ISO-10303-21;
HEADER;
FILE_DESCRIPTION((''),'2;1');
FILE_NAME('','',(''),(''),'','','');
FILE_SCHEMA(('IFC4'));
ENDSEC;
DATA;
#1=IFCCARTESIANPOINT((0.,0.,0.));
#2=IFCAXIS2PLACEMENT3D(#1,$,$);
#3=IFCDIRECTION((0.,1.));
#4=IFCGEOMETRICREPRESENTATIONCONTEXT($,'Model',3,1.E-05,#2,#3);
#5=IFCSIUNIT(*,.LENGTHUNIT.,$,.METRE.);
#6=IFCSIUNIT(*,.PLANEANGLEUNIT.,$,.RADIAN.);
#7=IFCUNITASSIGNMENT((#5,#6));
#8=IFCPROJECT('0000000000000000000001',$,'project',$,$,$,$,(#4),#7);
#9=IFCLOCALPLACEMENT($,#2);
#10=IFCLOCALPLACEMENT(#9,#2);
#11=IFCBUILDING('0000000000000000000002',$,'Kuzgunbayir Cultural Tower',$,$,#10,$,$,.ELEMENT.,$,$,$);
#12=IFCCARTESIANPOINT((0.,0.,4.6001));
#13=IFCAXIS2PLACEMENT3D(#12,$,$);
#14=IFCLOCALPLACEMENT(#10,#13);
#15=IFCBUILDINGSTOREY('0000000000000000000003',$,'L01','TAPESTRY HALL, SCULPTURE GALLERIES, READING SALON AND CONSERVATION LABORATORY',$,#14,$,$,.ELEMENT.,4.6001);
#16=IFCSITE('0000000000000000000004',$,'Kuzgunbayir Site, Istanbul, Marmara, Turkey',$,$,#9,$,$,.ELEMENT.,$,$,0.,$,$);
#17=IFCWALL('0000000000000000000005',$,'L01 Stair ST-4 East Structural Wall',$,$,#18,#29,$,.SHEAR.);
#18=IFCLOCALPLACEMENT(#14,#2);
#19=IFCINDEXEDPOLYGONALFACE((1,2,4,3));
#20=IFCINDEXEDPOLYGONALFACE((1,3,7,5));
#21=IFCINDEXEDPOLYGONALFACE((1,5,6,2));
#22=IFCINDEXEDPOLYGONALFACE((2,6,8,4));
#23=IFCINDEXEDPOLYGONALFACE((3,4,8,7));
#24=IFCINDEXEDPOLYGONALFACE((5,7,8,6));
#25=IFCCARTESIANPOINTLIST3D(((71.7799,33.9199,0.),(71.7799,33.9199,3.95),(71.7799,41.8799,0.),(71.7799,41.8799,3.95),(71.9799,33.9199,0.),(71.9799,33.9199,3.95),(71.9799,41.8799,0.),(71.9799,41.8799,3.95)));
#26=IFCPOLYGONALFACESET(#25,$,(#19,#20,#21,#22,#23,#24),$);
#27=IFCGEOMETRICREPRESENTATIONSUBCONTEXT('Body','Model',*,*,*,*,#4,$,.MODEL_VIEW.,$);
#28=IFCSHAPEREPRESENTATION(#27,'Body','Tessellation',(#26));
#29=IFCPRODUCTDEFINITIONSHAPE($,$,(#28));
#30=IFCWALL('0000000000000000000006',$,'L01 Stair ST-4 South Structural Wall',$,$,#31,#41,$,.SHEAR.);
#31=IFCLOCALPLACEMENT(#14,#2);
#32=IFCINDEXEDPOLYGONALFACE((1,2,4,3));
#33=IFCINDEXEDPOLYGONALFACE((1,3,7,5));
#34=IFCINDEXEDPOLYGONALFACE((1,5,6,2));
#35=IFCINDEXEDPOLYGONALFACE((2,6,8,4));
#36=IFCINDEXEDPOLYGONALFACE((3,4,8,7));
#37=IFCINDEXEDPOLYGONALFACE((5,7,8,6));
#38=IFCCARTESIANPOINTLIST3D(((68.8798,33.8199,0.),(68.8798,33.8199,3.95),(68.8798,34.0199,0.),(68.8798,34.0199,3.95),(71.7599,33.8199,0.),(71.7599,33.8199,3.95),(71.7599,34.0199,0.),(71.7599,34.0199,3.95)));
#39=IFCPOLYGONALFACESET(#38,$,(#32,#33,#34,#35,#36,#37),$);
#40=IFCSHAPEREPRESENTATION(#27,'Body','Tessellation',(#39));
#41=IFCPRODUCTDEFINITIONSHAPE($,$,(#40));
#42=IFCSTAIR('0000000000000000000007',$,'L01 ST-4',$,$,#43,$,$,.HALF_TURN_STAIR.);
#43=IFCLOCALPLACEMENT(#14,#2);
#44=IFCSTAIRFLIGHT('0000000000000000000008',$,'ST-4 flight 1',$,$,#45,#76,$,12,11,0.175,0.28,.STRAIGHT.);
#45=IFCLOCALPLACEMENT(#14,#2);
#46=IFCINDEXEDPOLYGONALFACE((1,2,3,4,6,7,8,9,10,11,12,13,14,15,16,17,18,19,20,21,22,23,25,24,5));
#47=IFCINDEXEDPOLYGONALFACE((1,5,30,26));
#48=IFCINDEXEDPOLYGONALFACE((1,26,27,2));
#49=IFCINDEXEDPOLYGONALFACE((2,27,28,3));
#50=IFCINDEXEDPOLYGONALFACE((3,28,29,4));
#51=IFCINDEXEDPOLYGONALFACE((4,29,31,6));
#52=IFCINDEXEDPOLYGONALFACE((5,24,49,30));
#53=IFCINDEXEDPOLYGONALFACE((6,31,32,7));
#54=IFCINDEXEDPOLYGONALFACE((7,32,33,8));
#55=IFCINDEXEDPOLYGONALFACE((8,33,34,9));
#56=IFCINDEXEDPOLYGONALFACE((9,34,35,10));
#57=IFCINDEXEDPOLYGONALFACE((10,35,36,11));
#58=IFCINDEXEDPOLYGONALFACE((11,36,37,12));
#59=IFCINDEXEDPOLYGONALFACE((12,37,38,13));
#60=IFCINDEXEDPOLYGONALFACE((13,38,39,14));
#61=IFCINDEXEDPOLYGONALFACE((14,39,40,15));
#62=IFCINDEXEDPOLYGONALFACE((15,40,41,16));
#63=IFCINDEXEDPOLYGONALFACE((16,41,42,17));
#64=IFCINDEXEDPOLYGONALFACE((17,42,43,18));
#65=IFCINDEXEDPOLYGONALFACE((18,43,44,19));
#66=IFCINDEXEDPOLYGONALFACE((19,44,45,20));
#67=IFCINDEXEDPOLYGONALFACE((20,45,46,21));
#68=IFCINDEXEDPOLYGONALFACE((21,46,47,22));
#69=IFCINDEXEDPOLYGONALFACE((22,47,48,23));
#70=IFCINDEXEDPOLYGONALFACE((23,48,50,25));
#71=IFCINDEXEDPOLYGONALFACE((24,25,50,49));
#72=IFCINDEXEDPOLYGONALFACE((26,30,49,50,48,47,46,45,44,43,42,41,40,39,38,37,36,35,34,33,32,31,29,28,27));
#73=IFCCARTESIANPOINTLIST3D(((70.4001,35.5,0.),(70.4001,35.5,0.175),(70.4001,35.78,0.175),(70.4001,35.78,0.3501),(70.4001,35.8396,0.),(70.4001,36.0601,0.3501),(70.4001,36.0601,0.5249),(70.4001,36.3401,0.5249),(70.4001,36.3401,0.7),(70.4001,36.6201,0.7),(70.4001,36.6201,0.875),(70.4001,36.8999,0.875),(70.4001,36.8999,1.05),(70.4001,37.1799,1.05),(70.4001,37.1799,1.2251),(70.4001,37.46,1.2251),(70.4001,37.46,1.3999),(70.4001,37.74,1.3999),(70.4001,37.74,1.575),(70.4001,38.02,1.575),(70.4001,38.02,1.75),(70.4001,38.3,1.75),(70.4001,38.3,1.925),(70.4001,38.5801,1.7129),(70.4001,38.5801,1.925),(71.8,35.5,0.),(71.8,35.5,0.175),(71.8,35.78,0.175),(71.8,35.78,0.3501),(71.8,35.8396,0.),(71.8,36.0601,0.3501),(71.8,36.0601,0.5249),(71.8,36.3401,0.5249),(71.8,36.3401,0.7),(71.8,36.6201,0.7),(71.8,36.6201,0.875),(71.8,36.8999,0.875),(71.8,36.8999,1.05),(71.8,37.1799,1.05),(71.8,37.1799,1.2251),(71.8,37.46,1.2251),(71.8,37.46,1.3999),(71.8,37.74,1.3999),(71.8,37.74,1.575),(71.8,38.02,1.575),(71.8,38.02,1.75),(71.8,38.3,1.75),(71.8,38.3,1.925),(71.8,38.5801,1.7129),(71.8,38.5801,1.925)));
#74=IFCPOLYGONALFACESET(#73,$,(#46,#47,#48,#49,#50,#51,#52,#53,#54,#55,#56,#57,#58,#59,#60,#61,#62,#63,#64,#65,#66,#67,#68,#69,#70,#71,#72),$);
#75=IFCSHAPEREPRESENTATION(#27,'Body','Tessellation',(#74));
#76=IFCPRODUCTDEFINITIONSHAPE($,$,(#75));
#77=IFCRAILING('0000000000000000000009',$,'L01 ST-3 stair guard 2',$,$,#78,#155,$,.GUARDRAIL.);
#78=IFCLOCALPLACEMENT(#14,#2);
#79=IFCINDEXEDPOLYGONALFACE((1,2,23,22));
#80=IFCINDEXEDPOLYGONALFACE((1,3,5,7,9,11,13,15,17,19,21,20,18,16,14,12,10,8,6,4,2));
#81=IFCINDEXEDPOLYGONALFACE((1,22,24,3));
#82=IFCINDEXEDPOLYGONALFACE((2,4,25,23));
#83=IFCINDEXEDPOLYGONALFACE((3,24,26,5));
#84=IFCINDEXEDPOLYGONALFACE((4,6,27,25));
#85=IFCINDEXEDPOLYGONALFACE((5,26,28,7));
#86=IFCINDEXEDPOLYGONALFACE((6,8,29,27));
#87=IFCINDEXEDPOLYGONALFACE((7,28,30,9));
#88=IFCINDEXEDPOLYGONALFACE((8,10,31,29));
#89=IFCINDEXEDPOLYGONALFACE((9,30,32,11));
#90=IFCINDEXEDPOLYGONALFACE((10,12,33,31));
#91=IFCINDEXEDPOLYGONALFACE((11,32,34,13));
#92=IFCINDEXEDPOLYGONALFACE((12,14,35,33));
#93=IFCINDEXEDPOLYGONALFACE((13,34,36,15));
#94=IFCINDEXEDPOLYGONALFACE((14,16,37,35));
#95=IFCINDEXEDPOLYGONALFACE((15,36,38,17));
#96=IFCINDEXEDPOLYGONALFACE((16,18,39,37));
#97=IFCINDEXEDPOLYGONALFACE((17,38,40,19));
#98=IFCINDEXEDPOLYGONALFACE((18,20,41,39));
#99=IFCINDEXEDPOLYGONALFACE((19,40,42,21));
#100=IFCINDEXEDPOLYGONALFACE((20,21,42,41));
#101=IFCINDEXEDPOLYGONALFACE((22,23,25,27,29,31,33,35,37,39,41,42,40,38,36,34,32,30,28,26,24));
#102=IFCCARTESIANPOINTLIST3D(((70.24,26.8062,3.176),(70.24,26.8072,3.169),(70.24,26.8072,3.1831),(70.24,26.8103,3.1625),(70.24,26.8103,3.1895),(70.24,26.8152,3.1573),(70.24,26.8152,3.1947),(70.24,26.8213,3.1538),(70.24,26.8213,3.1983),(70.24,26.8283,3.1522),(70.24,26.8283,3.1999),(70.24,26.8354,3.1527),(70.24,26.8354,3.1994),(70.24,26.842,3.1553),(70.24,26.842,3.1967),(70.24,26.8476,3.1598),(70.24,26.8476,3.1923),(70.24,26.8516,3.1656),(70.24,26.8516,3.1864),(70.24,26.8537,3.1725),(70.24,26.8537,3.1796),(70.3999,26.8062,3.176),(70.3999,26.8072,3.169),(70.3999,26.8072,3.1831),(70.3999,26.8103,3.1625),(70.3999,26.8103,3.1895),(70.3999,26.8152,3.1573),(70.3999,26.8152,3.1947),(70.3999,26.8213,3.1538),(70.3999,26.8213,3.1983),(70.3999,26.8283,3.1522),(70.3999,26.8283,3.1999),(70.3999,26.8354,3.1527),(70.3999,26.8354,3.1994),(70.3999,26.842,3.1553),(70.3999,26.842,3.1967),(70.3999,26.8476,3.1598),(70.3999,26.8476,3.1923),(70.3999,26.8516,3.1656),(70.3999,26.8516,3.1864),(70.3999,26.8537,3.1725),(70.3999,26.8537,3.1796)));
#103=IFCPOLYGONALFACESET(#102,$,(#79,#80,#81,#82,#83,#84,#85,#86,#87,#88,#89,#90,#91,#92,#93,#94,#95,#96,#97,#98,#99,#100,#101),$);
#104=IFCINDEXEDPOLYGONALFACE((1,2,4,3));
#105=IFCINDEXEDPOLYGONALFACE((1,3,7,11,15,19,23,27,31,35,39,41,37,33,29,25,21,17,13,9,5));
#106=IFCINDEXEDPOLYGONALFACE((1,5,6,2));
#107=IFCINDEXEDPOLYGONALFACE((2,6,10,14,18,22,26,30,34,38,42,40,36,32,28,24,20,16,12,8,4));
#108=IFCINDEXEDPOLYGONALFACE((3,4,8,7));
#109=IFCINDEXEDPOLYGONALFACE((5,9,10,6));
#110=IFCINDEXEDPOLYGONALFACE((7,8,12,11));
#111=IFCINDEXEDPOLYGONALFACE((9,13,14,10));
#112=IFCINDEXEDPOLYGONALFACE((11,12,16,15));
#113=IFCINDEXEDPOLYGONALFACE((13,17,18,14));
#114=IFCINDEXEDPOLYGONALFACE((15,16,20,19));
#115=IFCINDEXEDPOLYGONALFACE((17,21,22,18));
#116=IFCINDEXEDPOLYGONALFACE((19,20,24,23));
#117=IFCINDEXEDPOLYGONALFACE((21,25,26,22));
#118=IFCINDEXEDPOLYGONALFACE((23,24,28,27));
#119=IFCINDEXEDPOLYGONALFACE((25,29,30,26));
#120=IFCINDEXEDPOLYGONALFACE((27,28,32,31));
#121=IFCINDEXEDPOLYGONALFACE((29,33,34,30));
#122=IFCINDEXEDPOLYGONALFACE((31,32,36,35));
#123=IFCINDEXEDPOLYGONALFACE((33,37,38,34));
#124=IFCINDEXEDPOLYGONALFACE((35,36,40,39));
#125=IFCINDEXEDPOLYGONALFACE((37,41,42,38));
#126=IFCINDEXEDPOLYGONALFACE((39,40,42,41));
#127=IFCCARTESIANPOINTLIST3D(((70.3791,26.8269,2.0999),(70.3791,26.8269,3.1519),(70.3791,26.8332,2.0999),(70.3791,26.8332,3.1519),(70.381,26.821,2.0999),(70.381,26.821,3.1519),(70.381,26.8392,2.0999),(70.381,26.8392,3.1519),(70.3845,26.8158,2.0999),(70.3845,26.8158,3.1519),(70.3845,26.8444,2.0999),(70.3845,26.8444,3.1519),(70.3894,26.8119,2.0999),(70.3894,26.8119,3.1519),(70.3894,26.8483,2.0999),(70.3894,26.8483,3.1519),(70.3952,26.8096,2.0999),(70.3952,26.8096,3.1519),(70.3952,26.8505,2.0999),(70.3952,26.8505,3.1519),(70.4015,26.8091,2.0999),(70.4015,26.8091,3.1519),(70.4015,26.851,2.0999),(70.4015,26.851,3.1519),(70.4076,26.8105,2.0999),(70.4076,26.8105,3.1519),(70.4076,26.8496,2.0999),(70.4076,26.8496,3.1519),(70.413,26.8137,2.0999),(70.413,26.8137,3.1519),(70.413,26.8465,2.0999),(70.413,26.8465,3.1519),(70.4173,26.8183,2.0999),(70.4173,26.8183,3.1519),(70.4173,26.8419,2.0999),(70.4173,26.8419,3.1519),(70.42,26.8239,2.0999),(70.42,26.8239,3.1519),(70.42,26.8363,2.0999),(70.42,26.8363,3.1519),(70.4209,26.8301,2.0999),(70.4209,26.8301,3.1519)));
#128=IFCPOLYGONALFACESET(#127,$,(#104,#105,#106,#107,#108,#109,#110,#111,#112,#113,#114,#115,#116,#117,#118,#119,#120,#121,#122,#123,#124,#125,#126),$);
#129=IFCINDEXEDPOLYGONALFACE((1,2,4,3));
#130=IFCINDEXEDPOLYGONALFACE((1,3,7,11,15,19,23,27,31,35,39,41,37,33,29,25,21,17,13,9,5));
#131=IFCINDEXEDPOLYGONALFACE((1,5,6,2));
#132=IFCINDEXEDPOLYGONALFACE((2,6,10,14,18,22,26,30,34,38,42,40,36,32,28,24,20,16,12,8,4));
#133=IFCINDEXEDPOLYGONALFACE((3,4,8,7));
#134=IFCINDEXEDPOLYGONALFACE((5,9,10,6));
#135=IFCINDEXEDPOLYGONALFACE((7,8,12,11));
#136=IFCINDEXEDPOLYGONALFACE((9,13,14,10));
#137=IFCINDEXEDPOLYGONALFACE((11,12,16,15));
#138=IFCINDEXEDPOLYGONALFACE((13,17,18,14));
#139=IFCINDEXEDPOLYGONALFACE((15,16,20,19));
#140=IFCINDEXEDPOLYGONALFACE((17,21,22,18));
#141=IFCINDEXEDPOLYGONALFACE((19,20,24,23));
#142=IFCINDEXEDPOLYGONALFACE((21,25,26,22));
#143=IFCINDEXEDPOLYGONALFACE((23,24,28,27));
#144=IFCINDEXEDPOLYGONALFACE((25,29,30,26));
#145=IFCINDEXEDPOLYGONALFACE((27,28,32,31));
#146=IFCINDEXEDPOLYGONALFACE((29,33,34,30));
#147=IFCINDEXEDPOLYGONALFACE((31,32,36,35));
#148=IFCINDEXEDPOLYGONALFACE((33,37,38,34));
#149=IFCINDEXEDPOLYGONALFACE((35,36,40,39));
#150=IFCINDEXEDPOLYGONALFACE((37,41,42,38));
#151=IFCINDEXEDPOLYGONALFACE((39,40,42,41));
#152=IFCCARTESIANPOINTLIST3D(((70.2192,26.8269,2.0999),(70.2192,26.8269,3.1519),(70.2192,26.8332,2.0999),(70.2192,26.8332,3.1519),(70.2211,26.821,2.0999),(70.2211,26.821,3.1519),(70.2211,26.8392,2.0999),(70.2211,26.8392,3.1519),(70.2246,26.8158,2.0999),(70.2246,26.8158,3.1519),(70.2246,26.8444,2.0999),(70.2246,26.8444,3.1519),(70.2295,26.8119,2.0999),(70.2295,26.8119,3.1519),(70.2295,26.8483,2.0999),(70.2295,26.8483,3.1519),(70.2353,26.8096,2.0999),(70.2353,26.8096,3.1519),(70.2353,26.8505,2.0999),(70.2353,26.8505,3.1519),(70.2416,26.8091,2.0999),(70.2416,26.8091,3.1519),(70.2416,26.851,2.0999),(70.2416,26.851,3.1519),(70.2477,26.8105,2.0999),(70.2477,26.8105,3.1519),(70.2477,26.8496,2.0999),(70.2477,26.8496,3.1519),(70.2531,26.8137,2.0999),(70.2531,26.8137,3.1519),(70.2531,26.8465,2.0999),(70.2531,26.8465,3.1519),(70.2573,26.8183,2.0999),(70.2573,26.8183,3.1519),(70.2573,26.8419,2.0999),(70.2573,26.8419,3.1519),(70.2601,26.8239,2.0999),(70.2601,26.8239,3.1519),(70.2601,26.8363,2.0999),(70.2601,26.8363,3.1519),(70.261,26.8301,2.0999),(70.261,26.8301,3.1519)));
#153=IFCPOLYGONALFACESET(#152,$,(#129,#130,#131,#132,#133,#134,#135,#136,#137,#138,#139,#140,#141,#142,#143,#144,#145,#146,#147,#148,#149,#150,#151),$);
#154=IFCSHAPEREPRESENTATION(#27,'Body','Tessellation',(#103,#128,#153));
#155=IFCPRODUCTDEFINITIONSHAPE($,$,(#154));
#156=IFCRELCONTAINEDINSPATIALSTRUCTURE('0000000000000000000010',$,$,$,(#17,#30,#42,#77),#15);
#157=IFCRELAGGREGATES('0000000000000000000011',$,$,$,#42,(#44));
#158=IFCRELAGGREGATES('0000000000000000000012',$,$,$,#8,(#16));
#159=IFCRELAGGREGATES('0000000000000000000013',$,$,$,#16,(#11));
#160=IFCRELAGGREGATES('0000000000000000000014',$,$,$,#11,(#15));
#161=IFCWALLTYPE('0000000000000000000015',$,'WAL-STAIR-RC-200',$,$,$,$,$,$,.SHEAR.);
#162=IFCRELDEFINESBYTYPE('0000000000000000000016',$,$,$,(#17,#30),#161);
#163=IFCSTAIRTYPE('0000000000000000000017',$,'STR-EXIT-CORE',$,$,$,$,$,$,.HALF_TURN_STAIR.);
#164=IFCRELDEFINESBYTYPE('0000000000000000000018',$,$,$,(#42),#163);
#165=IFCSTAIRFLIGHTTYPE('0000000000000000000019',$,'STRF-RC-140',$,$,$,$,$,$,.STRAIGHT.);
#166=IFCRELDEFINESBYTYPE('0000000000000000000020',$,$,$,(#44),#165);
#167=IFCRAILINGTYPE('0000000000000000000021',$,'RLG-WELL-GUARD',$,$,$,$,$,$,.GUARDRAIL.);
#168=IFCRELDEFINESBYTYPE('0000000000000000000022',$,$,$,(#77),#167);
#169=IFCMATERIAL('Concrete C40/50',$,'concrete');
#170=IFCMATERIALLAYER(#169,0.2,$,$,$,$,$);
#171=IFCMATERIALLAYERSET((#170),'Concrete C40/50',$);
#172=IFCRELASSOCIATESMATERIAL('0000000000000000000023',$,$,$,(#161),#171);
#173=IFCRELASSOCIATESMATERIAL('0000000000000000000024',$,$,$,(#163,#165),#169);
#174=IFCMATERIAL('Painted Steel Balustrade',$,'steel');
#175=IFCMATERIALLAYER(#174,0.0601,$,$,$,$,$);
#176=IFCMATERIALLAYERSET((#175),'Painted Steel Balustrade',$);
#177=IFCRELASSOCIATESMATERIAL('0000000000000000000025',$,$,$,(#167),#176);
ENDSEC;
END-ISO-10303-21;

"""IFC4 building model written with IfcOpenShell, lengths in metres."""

from ifc_helpers import new_model, si_unit, direction, frame, frame_2d, origin, origin_2d, place, context, subcontext, project, spatial, polyline, rectangle, circle, outline, extrude, material, layer, layer_set, type_object, element, aggregate, save


model = new_model("IFC4")

# Units and contexts
model_context = context("Model", 3, precision=1e-05, world=origin(), true_north=direction((0.0, 1.0)))
body_context = subcontext(model_context, "Body", "Model", "MODEL_VIEW")
ifc_project = project(units=[si_unit("LENGTHUNIT", "METRE"), si_unit("PLANEANGLEUNIT", "RADIAN")], contexts=[model_context])

# Site, building, storey
site_placement = place(None, origin())
site = spatial("IfcSite", under=ifc_project, at=site_placement, Name="Kuzgunbayir Site, Istanbul, Marmara, Turkey", CompositionType="ELEMENT", RefElevation=0.0)
building_placement = place(site_placement, origin())
building = spatial("IfcBuilding", under=site, at=building_placement, Name="Kuzgunbayir Cultural Tower", CompositionType="ELEMENT")
storey_placement = place(building_placement, frame((0.0, 0.0, 4.6001)))
storey = spatial("IfcBuildingStorey", under=building, at=storey_placement, Name="L01", Description="TAPESTRY HALL, SCULPTURE GALLERIES, READING SALON AND CONSERVATION LABORATORY", CompositionType="ELEMENT", Elevation=4.6001)

# Shared definitions
ifc_material_1 = material(Name="Concrete C40/50", Category="concrete")

# Shared definitions
ifc_layer_1 = layer(ifc_material_1, 0.2)
ifc_layer_set_1 = layer_set([ifc_layer_1], Name="Concrete C40/50")
wall_type_1 = type_object("IfcWallType", Name="WAL-STAIR-RC-200", PredefinedType="SHEAR", material=ifc_layer_set_1)

# Walls
wall_1_placement = place(storey_placement, frame((71.8799, 33.9199, 0.0), z_axis=(0.0, 0.0, 1.0), x_axis=(0.0, 1.0, 0.0)))
element("IfcWall", 1, at=wall_1_placement, inside=storey, type_object=wall_type_1, Name="L01 Stair ST-4 East Structural Wall", PredefinedType="SHEAR", context=body_context, shape_type="SweptSolid", body=[
    extrude(rectangle(XDim=7.96, YDim=0.2, at=frame_2d((3.98, 0.0))), origin(), (0.0, 0.0, 1.0), 3.95),
])
wall_2_placement = place(storey_placement, frame((68.8799, 33.9199, 0.0), z_axis=(0.0, 0.0, 1.0), x_axis=(1.0, 0.0, 0.0)))
element("IfcWall", 2, at=wall_2_placement, inside=storey, type_object=wall_type_1, Name="L01 Stair ST-4 South Structural Wall", PredefinedType="SHEAR", context=body_context, shape_type="SweptSolid", body=[
    extrude(rectangle(XDim=2.8801, YDim=0.2, at=frame_2d((1.4399, 0.0))), origin(), (0.0, 0.0, 1.0), 3.95),
])

# Stair, stair flight
stair_type = type_object("IfcStairType", Name="STR-EXIT-CORE", PredefinedType="HALF_TURN_STAIR", material=ifc_material_1)
stair_placement = place(storey_placement, origin())
stair = element("IfcStair", 3, at=stair_placement, inside=storey, type_object=stair_type, Name="L01 ST-4", PredefinedType="HALF_TURN_STAIR")
stair_flight_type = type_object("IfcStairFlightType", Name="STRF-RC-140", PredefinedType="STRAIGHT", material=ifc_material_1)
stair_flight_placement = place(storey_placement, frame((71.1001, 35.5, 0.0), z_axis=(0.0, 0.0, 1.0), x_axis=(0.0, 1.0, 0.0)))
stair_flight = element("IfcStairFlight", 4, at=stair_flight_placement, type_object=stair_flight_type, Name="ST-4 flight 1", NumberOfRisers=12, NumberOfTreads=11, PredefinedType="STRAIGHT", RiserHeight=0.175, TreadLength=0.28, context=body_context, shape_type="SweptSolid", body=[
    extrude(outline(polyline([(0.0, 0.0), (0.0, 0.175), (0.28, 0.175), (0.28, 0.3501), (0.5601, 0.3501), (0.5601, 0.5249), (0.8401, 0.5249), (0.8401, 0.7), (1.1201, 0.7), (1.1201, 0.875), (1.3999, 0.875), (1.3999, 1.05), (1.6799, 1.05), (1.6799, 1.2251), (1.96, 1.2251), (1.96, 1.3999), (2.24, 1.3999), (2.24, 1.575), (2.52, 1.575), (2.52, 1.75), (2.8, 1.75), (2.8, 1.925), (3.0801, 1.925), (3.0801, 2.1001), (3.0801, 1.7129), (0.3396, 0.0), (0.0, 0.0)])), frame((0.0, 0.7, 0.0), z_axis=(0.0, -1.0, 0.0), x_axis=(1.0, 0.0, 0.0)), (0.0, 0.0, 1.0), 1.3999),
])
aggregate(stair, [stair_flight])

# Railing
ifc_material_2 = material(Name="Painted Steel Balustrade", Category="steel")
ifc_layer_2 = layer(ifc_material_2, 0.0601)
ifc_layer_set_2 = layer_set([ifc_layer_2], Name="Painted Steel Balustrade")
railing_type = type_object("IfcRailingType", Name="RLG-WELL-GUARD", PredefinedType="GUARDRAIL", material=ifc_layer_set_2)
railing_1_placement = place(storey_placement, frame((70.3999, 26.8301, 2.0999)))
element("IfcRailing", 5, at=railing_1_placement, inside=storey, type_object=railing_type, Name="L01 ST-3 stair guard 2", PredefinedType="GUARDRAIL", context=body_context, shape_type="SweptSolid", body=[
    extrude(circle(Radius=0.0239, at=origin_2d()), frame((0.0, 0.0, 1.0762), z_axis=(-1.0, 0.0, 0.0), x_axis=(0.0, -1.0, 0.0)), (0.0, 0.0, 1.0), 0.1599),
    extrude(circle(Radius=0.021, at=origin_2d()), origin(), (0.0, 0.0, 1.0), 1.052),
    extrude(circle(Radius=0.021, at=origin_2d()), frame((-0.1599, 0.0, 0.0)), (0.0, 0.0, 1.0), 1.052),
])

save(model, "model.ifc")
